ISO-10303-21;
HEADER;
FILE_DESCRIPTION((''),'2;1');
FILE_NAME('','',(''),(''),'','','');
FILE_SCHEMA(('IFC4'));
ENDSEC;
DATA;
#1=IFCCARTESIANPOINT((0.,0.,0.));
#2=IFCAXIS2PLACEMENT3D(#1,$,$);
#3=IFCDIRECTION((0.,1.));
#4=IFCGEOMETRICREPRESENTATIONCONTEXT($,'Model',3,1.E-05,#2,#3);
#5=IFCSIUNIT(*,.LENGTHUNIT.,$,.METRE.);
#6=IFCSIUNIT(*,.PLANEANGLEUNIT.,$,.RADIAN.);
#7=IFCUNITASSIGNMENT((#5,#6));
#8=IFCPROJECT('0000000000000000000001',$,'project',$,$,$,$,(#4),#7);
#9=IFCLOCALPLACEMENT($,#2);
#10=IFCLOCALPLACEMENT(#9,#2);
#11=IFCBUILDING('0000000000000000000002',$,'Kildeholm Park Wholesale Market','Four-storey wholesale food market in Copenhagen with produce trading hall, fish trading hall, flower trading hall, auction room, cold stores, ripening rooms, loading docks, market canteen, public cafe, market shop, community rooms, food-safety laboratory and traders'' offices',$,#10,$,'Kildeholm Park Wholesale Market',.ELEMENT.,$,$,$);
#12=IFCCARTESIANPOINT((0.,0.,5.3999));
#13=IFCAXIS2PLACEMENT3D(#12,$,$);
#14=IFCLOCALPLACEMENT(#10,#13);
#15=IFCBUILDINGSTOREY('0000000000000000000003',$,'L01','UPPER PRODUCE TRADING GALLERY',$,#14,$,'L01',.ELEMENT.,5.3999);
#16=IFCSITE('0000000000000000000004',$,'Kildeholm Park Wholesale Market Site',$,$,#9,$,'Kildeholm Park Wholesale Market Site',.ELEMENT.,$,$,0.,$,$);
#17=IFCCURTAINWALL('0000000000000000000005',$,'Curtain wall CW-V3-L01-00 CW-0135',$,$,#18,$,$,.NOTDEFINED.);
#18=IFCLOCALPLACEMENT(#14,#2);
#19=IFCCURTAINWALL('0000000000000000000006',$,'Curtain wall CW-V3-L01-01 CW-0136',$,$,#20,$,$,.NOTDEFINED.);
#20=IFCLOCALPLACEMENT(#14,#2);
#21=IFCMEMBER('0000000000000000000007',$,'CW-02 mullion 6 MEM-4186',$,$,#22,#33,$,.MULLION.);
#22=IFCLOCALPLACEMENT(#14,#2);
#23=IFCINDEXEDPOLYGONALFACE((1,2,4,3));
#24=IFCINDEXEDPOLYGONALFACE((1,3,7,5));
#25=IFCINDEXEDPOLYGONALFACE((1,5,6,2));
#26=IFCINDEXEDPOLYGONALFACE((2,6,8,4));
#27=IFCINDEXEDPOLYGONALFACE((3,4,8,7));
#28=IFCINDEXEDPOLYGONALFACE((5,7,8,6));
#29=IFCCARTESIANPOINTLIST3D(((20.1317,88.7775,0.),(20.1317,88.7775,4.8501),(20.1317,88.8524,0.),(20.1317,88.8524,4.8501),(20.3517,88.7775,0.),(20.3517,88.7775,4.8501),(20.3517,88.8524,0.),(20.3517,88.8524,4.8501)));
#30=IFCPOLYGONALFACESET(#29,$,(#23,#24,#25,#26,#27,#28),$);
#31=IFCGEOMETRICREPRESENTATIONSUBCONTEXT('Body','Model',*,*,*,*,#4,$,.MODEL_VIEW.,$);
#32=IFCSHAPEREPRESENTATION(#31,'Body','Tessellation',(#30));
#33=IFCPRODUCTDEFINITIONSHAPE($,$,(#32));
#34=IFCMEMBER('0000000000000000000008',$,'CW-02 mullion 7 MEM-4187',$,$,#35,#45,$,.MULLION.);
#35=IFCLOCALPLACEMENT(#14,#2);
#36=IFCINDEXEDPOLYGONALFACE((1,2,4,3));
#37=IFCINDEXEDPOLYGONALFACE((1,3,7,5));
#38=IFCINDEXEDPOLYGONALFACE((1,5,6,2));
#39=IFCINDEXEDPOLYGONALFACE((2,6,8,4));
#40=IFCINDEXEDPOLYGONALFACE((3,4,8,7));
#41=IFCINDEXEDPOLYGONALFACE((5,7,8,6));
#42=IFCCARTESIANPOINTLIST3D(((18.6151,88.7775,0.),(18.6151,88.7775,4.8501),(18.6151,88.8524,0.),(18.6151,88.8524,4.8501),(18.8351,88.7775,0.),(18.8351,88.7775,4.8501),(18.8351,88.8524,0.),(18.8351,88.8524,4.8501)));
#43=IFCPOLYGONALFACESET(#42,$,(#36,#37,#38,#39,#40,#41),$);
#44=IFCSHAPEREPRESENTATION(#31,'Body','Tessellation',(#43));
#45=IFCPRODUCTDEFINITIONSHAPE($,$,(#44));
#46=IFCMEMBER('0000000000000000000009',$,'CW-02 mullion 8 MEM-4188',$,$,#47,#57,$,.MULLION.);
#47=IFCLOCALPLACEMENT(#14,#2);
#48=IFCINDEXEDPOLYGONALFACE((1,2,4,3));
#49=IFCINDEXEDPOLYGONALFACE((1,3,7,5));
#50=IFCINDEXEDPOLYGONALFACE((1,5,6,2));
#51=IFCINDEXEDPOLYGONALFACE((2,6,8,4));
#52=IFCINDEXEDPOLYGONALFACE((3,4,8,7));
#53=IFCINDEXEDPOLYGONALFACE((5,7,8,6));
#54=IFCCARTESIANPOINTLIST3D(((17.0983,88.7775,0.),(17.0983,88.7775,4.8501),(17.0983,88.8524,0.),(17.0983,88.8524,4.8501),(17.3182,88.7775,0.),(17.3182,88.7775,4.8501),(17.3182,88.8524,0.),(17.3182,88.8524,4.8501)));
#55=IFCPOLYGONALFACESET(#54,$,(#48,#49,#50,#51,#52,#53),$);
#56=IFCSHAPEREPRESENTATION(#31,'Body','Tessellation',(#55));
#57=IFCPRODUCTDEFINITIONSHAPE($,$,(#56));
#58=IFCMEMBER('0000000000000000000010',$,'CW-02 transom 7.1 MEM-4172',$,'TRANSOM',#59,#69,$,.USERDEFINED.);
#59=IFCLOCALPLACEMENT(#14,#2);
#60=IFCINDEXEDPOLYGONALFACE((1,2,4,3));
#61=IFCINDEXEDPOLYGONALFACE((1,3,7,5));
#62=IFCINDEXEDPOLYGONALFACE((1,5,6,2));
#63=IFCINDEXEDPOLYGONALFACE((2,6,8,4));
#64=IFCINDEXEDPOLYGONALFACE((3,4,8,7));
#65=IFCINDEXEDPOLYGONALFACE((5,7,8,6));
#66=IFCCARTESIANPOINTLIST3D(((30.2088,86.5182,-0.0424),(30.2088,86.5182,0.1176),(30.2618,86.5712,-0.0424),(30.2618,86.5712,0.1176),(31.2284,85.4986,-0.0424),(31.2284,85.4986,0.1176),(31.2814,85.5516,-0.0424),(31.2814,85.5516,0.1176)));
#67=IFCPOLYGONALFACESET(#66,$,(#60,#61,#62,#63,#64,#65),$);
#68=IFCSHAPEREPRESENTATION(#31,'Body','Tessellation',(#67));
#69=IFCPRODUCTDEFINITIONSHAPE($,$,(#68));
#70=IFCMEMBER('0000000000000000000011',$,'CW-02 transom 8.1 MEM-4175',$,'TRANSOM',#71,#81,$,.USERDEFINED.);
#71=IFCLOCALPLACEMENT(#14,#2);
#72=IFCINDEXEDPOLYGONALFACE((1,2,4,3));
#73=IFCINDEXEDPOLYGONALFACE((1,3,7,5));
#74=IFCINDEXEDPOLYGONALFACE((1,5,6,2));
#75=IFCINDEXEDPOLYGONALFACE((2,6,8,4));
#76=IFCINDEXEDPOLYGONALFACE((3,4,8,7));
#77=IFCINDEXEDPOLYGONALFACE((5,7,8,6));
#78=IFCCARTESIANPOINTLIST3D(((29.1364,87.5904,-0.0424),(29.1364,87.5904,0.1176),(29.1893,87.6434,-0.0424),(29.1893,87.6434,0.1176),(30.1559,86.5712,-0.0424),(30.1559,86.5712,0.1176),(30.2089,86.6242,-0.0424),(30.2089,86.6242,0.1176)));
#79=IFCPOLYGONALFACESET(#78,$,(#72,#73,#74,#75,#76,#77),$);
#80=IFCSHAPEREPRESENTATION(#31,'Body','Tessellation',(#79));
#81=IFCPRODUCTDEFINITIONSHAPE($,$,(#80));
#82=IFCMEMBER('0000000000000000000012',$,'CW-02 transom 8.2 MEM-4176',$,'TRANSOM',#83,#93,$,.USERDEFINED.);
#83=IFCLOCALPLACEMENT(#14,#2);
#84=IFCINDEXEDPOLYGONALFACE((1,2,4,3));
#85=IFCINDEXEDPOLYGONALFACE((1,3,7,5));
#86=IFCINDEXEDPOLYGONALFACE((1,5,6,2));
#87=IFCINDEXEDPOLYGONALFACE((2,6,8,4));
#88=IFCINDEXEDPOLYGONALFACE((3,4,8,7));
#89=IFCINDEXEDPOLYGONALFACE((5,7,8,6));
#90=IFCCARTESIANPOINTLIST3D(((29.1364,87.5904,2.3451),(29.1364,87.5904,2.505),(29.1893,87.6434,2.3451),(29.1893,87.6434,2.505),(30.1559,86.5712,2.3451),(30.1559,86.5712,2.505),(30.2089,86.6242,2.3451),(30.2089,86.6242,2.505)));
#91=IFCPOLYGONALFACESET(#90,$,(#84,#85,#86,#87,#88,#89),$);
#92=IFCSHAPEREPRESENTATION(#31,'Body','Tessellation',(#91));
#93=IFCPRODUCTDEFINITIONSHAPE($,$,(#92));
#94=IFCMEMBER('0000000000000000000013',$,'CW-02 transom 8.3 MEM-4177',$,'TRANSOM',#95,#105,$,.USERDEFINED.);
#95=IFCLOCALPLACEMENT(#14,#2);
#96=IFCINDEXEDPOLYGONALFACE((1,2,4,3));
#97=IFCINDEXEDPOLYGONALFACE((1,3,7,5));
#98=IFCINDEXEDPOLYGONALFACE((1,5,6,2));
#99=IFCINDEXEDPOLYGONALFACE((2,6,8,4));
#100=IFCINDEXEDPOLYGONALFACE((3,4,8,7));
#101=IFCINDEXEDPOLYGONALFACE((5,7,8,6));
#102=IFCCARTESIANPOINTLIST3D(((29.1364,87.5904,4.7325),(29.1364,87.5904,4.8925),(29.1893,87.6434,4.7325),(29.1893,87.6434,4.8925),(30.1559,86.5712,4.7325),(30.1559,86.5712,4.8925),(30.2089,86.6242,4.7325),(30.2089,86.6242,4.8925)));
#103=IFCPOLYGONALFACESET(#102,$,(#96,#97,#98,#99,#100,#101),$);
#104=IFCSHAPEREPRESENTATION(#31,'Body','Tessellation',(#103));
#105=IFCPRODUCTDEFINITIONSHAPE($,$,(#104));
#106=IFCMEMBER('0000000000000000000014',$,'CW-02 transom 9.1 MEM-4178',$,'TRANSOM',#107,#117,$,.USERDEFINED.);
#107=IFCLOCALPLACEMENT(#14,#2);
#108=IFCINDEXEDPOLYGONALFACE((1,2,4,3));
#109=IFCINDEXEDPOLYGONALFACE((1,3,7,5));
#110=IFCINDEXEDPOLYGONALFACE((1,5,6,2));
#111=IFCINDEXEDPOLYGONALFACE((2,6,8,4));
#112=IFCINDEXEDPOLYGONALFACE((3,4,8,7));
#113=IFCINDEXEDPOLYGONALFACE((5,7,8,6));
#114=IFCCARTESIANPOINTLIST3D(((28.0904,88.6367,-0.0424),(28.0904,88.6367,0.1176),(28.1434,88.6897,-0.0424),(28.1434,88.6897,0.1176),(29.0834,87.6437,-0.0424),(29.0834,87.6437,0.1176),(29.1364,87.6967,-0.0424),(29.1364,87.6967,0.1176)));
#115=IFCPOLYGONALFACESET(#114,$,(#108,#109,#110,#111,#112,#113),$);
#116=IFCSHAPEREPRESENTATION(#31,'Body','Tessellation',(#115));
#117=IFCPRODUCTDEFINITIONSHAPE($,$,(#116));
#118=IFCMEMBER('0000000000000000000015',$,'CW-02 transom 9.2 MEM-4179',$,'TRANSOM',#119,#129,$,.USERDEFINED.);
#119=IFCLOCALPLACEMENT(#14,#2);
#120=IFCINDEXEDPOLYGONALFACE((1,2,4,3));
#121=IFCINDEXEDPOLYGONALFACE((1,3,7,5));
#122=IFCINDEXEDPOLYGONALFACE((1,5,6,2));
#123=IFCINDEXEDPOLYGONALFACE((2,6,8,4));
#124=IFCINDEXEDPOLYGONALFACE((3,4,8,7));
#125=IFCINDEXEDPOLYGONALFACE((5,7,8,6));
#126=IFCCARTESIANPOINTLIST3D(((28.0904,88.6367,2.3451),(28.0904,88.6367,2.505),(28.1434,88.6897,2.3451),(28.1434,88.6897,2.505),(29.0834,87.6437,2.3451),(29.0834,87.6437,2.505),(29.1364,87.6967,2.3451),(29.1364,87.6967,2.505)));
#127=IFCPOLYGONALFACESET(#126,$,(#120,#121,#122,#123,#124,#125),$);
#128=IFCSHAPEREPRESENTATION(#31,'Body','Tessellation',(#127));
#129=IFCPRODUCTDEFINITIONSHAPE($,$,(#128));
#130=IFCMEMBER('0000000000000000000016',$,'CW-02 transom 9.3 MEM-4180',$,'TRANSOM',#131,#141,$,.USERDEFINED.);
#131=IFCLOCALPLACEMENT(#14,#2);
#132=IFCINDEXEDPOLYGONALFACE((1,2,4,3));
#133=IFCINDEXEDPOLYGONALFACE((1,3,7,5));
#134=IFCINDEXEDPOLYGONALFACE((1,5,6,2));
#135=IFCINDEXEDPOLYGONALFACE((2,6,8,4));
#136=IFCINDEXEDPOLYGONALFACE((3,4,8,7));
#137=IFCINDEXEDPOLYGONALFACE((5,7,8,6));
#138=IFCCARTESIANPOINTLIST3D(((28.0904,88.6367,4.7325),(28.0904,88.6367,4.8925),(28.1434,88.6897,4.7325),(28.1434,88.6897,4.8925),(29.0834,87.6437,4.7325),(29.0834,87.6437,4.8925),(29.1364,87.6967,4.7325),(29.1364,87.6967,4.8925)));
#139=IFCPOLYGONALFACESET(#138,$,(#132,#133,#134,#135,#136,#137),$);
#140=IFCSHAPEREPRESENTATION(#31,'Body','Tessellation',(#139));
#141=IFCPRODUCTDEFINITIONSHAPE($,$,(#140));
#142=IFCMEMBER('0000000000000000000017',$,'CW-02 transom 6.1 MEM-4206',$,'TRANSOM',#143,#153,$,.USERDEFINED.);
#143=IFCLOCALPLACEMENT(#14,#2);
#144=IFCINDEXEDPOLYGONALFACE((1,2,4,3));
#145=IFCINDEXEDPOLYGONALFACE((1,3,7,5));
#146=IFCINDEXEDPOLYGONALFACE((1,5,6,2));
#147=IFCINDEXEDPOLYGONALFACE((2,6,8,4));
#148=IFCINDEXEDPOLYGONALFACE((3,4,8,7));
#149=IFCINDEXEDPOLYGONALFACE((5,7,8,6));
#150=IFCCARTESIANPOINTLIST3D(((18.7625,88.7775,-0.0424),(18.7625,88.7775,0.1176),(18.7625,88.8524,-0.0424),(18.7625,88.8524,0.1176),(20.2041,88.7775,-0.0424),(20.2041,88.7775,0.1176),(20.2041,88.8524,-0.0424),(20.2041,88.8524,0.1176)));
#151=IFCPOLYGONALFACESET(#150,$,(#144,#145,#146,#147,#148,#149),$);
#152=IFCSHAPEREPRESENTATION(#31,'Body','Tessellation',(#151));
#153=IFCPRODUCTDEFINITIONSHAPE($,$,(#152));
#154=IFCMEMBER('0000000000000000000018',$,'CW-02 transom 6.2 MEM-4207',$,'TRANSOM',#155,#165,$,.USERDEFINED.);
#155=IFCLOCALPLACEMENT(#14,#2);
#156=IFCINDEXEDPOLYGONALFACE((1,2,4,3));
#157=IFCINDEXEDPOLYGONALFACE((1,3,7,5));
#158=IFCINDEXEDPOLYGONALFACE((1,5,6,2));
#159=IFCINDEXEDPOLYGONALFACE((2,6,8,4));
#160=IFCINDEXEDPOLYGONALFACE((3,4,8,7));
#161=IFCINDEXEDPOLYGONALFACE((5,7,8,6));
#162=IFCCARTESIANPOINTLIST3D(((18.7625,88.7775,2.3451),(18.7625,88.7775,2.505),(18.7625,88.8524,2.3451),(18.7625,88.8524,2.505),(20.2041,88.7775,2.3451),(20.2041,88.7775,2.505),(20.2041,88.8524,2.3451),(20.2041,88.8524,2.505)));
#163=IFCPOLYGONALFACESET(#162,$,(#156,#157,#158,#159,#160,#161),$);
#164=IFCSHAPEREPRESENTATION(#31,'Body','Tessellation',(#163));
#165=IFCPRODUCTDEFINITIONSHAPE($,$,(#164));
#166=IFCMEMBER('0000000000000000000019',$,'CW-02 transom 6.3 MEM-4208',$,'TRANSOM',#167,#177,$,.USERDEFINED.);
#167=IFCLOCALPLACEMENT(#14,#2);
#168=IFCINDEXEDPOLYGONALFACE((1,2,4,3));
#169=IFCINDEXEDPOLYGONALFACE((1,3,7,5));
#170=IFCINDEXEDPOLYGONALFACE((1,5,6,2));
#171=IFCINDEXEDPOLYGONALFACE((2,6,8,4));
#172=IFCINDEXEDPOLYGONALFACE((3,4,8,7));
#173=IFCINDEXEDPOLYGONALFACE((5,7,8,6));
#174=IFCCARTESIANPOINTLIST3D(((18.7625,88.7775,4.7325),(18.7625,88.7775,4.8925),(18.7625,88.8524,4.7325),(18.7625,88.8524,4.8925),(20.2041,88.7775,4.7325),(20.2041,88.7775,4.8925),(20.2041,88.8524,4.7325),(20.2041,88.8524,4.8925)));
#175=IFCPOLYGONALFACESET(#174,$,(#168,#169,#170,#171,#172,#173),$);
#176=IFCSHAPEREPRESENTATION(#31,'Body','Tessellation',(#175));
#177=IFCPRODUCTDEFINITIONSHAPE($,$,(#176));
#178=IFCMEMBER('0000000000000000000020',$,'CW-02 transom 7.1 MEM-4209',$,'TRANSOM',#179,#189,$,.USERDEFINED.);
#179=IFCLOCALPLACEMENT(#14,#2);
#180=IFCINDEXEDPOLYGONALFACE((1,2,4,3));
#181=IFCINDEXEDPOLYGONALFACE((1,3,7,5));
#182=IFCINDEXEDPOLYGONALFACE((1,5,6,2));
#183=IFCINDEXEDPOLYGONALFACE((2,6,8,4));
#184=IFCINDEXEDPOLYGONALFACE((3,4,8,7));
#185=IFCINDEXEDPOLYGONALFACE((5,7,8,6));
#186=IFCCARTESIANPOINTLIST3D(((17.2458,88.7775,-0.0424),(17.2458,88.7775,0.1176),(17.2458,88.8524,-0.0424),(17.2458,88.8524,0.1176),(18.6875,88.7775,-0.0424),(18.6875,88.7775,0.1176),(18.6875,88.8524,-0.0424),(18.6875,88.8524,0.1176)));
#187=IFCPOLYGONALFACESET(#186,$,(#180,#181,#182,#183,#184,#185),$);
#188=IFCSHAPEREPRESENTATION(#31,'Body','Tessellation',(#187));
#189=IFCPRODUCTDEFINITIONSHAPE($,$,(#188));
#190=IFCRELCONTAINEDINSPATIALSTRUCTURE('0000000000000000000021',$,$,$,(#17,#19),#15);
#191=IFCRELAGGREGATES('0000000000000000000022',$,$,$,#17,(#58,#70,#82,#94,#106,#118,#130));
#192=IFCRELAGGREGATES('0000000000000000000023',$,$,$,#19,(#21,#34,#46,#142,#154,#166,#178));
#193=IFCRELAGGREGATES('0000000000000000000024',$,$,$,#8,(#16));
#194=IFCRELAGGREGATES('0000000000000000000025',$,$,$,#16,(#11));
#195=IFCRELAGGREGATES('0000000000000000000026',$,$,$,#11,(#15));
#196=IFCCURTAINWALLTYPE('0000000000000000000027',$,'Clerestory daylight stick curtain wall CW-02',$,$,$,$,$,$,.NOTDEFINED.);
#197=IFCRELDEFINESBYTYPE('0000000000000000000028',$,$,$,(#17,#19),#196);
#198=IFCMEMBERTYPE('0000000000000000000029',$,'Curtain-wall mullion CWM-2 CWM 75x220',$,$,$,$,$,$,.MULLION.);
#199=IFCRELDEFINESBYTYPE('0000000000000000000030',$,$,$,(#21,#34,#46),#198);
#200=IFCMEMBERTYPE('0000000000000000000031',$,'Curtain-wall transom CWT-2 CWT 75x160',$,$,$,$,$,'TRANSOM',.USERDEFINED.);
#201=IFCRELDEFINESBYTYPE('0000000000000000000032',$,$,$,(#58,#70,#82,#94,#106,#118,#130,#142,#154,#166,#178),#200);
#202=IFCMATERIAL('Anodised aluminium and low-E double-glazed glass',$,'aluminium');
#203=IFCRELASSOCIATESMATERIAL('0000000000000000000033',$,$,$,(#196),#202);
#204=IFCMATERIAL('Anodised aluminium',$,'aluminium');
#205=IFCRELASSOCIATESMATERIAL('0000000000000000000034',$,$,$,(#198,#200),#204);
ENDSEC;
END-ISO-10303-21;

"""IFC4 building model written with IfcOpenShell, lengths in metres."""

from ifc_helpers import new_model, si_unit, direction, frame, origin, origin_2d, place, context, subcontext, project, spatial, rectangle, extrude, material, material_profile, profile_set, type_object, element, aggregate, save


model = new_model("IFC4")

# Units and contexts
model_context = context("Model", 3, precision=1e-05, world=origin(), true_north=direction((0.0, 1.0)))
body_context = subcontext(model_context, "Body", "Model", "MODEL_VIEW")
ifc_project = project(units=[si_unit("LENGTHUNIT", "METRE"), si_unit("PLANEANGLEUNIT", "RADIAN")], contexts=[model_context])

# Site, building, storey
site_placement = place(None, origin())
site = spatial("IfcSite", under=ifc_project, at=site_placement, Name="Kildeholm Park Wholesale Market Site", LongName="Kildeholm Park Wholesale Market Site", CompositionType="ELEMENT", RefElevation=0.0)
building_placement = place(site_placement, origin())
building = spatial("IfcBuilding", under=site, at=building_placement, Name="Kildeholm Park Wholesale Market", Description="Four-storey wholesale food market in Copenhagen with produce trading hall, fish trading hall, flower trading hall, auction room, cold stores, ripening rooms, loading docks, market canteen, public cafe, market shop, community rooms, food-safety laboratory and traders' offices", LongName="Kildeholm Park Wholesale Market", CompositionType="ELEMENT")
storey_placement = place(building_placement, frame((0.0, 0.0, 5.3999)))
storey = spatial("IfcBuildingStorey", under=building, at=storey_placement, Name="L01", Description="UPPER PRODUCE TRADING GALLERY", LongName="L01", CompositionType="ELEMENT", Elevation=5.3999)

# Curtain walls, members
ifc_material_1 = material(Name="Anodised aluminium and low-E double-glazed glass", Category="aluminium")
curtain_wall_type = type_object("IfcCurtainWallType", Name="Clerestory daylight stick curtain wall CW-02", PredefinedType="NOTDEFINED", material=ifc_material_1)
curtain_wall_1_placement = place(storey_placement, origin())
curtain_wall_1 = element("IfcCurtainWall", 1, at=curtain_wall_1_placement, inside=storey, type_object=curtain_wall_type, Name="Curtain wall CW-V3-L01-00 CW-0135", PredefinedType="NOTDEFINED")
ifc_material_2 = material(Name="Anodised aluminium", Category="aluminium")
ifc_material_profile_1 = material_profile(ifc_material_2, rectangle(XDim=0.075, YDim=0.22, at=origin_2d()), Name="CWM 75x220")
ifc_profile_set_1 = profile_set([ifc_material_profile_1], Name="Anodised aluminium")
member_type_1 = type_object("IfcMemberType", Name="Curtain-wall mullion CWM-2 CWM 75x220", PredefinedType="MULLION", material=ifc_profile_set_1)
curtain_wall_2_placement = place(storey_placement, origin())
curtain_wall_2 = element("IfcCurtainWall", 2, at=curtain_wall_2_placement, inside=storey, type_object=curtain_wall_type, Name="Curtain wall CW-V3-L01-01 CW-0136", PredefinedType="NOTDEFINED")
member_1_placement = place(storey_placement, frame((20.2417, 88.8149, 0.0), z_axis=(0.0, 0.0, 1.0), x_axis=(0.0, -1.0, 0.0)))
member_1 = element("IfcMember", 3, at=member_1_placement, type_object=member_type_1, Name="CW-02 mullion 6 MEM-4186", PredefinedType="MULLION", context=body_context, shape_type="SweptSolid", body=[
    extrude(rectangle(XDim=0.075, YDim=0.22, at=origin_2d()), origin(), (0.0, 0.0, 1.0), 4.8501),
])
member_2_placement = place(storey_placement, frame((18.7251, 88.8149, 0.0), z_axis=(0.0, 0.0, 1.0), x_axis=(0.0, -1.0, 0.0)))
member_2 = element("IfcMember", 4, at=member_2_placement, type_object=member_type_1, Name="CW-02 mullion 7 MEM-4187", PredefinedType="MULLION", context=body_context, shape_type="SweptSolid", body=[
    extrude(rectangle(XDim=0.075, YDim=0.22, at=origin_2d()), origin(), (0.0, 0.0, 1.0), 4.8501),
])
member_3_placement = place(storey_placement, frame((17.2083, 88.8149, 0.0), z_axis=(0.0, 0.0, 1.0), x_axis=(0.0, -1.0, 0.0)))
member_3 = element("IfcMember", 5, at=member_3_placement, type_object=member_type_1, Name="CW-02 mullion 8 MEM-4188", PredefinedType="MULLION", context=body_context, shape_type="SweptSolid", body=[
    extrude(rectangle(XDim=0.075, YDim=0.22, at=origin_2d()), origin(), (0.0, 0.0, 1.0), 4.8501),
])

# Members
ifc_material_profile_2 = material_profile(ifc_material_2, rectangle(XDim=0.075, YDim=0.1599, at=origin_2d()), Name="CWT 75x160")
ifc_profile_set_2 = profile_set([ifc_material_profile_2], Name="Anodised aluminium")
member_type_2 = type_object("IfcMemberType", Name="Curtain-wall transom CWT-2 CWT 75x160", ElementType="TRANSOM", PredefinedType="USERDEFINED", material=ifc_profile_set_2)
member_4_placement = place(storey_placement, frame((31.2549, 85.5251, 0.0376), z_axis=(-0.707107, 0.707107, 0.0), x_axis=(-0.707107, -0.707107, 0.0)))
member_4 = element("IfcMember", 6, at=member_4_placement, type_object=member_type_2, Name="CW-02 transom 7.1 MEM-4172", ObjectType="TRANSOM", PredefinedType="USERDEFINED", context=body_context, shape_type="SweptSolid", body=[
    extrude(rectangle(XDim=0.075, YDim=0.1599, at=origin_2d()), origin(), (0.0, 0.0, 1.0), 1.4419),
])
member_5_placement = place(storey_placement, frame((30.1824, 86.5977, 0.0376), z_axis=(-0.707191, 0.707022, 0.0), x_axis=(-0.707022, -0.707191, 0.0)))
member_5 = element("IfcMember", 7, at=member_5_placement, type_object=member_type_2, Name="CW-02 transom 8.1 MEM-4175", ObjectType="TRANSOM", PredefinedType="USERDEFINED", context=body_context, shape_type="SweptSolid", body=[
    extrude(rectangle(XDim=0.075, YDim=0.1599, at=origin_2d()), origin(), (0.0, 0.0, 1.0), 1.4417),
])
member_6_placement = place(storey_placement, frame((30.1824, 86.5977, 2.425), z_axis=(-0.707191, 0.707022, 0.0), x_axis=(-0.707022, -0.707191, 0.0)))
member_6 = element("IfcMember", 8, at=member_6_placement, type_object=member_type_2, Name="CW-02 transom 8.2 MEM-4176", ObjectType="TRANSOM", PredefinedType="USERDEFINED", context=body_context, shape_type="SweptSolid", body=[
    extrude(rectangle(XDim=0.075, YDim=0.1599, at=origin_2d()), origin(), (0.0, 0.0, 1.0), 1.4417),
])
member_7_placement = place(storey_placement, frame((30.1824, 86.5977, 4.8125), z_axis=(-0.707191, 0.707022, 0.0), x_axis=(-0.707022, -0.707191, 0.0)))
member_7 = element("IfcMember", 9, at=member_7_placement, type_object=member_type_2, Name="CW-02 transom 8.3 MEM-4177", ObjectType="TRANSOM", PredefinedType="USERDEFINED", context=body_context, shape_type="SweptSolid", body=[
    extrude(rectangle(XDim=0.075, YDim=0.1599, at=origin_2d()), origin(), (0.0, 0.0, 1.0), 1.4417),
])
member_8_placement = place(storey_placement, frame((29.1099, 87.6702, 0.0376), z_axis=(-0.707107, 0.707107, 0.0), x_axis=(-0.707107, -0.707107, 0.0)))
member_8 = element("IfcMember", 10, at=member_8_placement, type_object=member_type_2, Name="CW-02 transom 9.1 MEM-4178", ObjectType="TRANSOM", PredefinedType="USERDEFINED", context=body_context, shape_type="SweptSolid", body=[
    extrude(rectangle(XDim=0.075, YDim=0.1599, at=origin_2d()), origin(), (0.0, 0.0, 1.0), 1.4043),
])
member_9_placement = place(storey_placement, frame((29.1099, 87.6702, 2.425), z_axis=(-0.707107, 0.707107, 0.0), x_axis=(-0.707107, -0.707107, 0.0)))
member_9 = element("IfcMember", 11, at=member_9_placement, type_object=member_type_2, Name="CW-02 transom 9.2 MEM-4179", ObjectType="TRANSOM", PredefinedType="USERDEFINED", context=body_context, shape_type="SweptSolid", body=[
    extrude(rectangle(XDim=0.075, YDim=0.1599, at=origin_2d()), origin(), (0.0, 0.0, 1.0), 1.4043),
])
member_10_placement = place(storey_placement, frame((29.1099, 87.6702, 4.8125), z_axis=(-0.707107, 0.707107, 0.0), x_axis=(-0.707107, -0.707107, 0.0)))
member_10 = element("IfcMember", 12, at=member_10_placement, type_object=member_type_2, Name="CW-02 transom 9.3 MEM-4180", ObjectType="TRANSOM", PredefinedType="USERDEFINED", context=body_context, shape_type="SweptSolid", body=[
    extrude(rectangle(XDim=0.075, YDim=0.1599, at=origin_2d()), origin(), (0.0, 0.0, 1.0), 1.4043),
])
member_11_placement = place(storey_placement, frame((20.2041, 88.8149, 0.0376), z_axis=(-1.0, 0.0, 0.0), x_axis=(0.0, -1.0, 0.0)))
member_11 = element("IfcMember", 13, at=member_11_placement, type_object=member_type_2, Name="CW-02 transom 6.1 MEM-4206", ObjectType="TRANSOM", PredefinedType="USERDEFINED", context=body_context, shape_type="SweptSolid", body=[
    extrude(rectangle(XDim=0.075, YDim=0.1599, at=origin_2d()), origin(), (0.0, 0.0, 1.0), 1.4417),
])
member_12_placement = place(storey_placement, frame((20.2041, 88.8149, 2.425), z_axis=(-1.0, 0.0, 0.0), x_axis=(0.0, -1.0, 0.0)))
member_12 = element("IfcMember", 14, at=member_12_placement, type_object=member_type_2, Name="CW-02 transom 6.2 MEM-4207", ObjectType="TRANSOM", PredefinedType="USERDEFINED", context=body_context, shape_type="SweptSolid", body=[
    extrude(rectangle(XDim=0.075, YDim=0.1599, at=origin_2d()), origin(), (0.0, 0.0, 1.0), 1.4417),
])
member_13_placement = place(storey_placement, frame((20.2041, 88.8149, 4.8125), z_axis=(-1.0, 0.0, 0.0), x_axis=(0.0, -1.0, 0.0)))
member_13 = element("IfcMember", 15, at=member_13_placement, type_object=member_type_2, Name="CW-02 transom 6.3 MEM-4208", ObjectType="TRANSOM", PredefinedType="USERDEFINED", context=body_context, shape_type="SweptSolid", body=[
    extrude(rectangle(XDim=0.075, YDim=0.1599, at=origin_2d()), origin(), (0.0, 0.0, 1.0), 1.4417),
])
member_14_placement = place(storey_placement, frame((18.6875, 88.8149, 0.0376), z_axis=(-1.0, 0.0, 0.0), x_axis=(0.0, -1.0, 0.0)))
member_14 = element("IfcMember", 16, at=member_14_placement, type_object=member_type_2, Name="CW-02 transom 7.1 MEM-4209", ObjectType="TRANSOM", PredefinedType="USERDEFINED", context=body_context, shape_type="SweptSolid", body=[
    extrude(rectangle(XDim=0.075, YDim=0.1599, at=origin_2d()), origin(), (0.0, 0.0, 1.0), 1.4417),
])

aggregate(curtain_wall_1, [member_4, member_5, member_6, member_7, member_8, member_9, member_10])
aggregate(curtain_wall_2, [member_1, member_2, member_3, member_11, member_12, member_13, member_14])

save(model, "model.ifc")
